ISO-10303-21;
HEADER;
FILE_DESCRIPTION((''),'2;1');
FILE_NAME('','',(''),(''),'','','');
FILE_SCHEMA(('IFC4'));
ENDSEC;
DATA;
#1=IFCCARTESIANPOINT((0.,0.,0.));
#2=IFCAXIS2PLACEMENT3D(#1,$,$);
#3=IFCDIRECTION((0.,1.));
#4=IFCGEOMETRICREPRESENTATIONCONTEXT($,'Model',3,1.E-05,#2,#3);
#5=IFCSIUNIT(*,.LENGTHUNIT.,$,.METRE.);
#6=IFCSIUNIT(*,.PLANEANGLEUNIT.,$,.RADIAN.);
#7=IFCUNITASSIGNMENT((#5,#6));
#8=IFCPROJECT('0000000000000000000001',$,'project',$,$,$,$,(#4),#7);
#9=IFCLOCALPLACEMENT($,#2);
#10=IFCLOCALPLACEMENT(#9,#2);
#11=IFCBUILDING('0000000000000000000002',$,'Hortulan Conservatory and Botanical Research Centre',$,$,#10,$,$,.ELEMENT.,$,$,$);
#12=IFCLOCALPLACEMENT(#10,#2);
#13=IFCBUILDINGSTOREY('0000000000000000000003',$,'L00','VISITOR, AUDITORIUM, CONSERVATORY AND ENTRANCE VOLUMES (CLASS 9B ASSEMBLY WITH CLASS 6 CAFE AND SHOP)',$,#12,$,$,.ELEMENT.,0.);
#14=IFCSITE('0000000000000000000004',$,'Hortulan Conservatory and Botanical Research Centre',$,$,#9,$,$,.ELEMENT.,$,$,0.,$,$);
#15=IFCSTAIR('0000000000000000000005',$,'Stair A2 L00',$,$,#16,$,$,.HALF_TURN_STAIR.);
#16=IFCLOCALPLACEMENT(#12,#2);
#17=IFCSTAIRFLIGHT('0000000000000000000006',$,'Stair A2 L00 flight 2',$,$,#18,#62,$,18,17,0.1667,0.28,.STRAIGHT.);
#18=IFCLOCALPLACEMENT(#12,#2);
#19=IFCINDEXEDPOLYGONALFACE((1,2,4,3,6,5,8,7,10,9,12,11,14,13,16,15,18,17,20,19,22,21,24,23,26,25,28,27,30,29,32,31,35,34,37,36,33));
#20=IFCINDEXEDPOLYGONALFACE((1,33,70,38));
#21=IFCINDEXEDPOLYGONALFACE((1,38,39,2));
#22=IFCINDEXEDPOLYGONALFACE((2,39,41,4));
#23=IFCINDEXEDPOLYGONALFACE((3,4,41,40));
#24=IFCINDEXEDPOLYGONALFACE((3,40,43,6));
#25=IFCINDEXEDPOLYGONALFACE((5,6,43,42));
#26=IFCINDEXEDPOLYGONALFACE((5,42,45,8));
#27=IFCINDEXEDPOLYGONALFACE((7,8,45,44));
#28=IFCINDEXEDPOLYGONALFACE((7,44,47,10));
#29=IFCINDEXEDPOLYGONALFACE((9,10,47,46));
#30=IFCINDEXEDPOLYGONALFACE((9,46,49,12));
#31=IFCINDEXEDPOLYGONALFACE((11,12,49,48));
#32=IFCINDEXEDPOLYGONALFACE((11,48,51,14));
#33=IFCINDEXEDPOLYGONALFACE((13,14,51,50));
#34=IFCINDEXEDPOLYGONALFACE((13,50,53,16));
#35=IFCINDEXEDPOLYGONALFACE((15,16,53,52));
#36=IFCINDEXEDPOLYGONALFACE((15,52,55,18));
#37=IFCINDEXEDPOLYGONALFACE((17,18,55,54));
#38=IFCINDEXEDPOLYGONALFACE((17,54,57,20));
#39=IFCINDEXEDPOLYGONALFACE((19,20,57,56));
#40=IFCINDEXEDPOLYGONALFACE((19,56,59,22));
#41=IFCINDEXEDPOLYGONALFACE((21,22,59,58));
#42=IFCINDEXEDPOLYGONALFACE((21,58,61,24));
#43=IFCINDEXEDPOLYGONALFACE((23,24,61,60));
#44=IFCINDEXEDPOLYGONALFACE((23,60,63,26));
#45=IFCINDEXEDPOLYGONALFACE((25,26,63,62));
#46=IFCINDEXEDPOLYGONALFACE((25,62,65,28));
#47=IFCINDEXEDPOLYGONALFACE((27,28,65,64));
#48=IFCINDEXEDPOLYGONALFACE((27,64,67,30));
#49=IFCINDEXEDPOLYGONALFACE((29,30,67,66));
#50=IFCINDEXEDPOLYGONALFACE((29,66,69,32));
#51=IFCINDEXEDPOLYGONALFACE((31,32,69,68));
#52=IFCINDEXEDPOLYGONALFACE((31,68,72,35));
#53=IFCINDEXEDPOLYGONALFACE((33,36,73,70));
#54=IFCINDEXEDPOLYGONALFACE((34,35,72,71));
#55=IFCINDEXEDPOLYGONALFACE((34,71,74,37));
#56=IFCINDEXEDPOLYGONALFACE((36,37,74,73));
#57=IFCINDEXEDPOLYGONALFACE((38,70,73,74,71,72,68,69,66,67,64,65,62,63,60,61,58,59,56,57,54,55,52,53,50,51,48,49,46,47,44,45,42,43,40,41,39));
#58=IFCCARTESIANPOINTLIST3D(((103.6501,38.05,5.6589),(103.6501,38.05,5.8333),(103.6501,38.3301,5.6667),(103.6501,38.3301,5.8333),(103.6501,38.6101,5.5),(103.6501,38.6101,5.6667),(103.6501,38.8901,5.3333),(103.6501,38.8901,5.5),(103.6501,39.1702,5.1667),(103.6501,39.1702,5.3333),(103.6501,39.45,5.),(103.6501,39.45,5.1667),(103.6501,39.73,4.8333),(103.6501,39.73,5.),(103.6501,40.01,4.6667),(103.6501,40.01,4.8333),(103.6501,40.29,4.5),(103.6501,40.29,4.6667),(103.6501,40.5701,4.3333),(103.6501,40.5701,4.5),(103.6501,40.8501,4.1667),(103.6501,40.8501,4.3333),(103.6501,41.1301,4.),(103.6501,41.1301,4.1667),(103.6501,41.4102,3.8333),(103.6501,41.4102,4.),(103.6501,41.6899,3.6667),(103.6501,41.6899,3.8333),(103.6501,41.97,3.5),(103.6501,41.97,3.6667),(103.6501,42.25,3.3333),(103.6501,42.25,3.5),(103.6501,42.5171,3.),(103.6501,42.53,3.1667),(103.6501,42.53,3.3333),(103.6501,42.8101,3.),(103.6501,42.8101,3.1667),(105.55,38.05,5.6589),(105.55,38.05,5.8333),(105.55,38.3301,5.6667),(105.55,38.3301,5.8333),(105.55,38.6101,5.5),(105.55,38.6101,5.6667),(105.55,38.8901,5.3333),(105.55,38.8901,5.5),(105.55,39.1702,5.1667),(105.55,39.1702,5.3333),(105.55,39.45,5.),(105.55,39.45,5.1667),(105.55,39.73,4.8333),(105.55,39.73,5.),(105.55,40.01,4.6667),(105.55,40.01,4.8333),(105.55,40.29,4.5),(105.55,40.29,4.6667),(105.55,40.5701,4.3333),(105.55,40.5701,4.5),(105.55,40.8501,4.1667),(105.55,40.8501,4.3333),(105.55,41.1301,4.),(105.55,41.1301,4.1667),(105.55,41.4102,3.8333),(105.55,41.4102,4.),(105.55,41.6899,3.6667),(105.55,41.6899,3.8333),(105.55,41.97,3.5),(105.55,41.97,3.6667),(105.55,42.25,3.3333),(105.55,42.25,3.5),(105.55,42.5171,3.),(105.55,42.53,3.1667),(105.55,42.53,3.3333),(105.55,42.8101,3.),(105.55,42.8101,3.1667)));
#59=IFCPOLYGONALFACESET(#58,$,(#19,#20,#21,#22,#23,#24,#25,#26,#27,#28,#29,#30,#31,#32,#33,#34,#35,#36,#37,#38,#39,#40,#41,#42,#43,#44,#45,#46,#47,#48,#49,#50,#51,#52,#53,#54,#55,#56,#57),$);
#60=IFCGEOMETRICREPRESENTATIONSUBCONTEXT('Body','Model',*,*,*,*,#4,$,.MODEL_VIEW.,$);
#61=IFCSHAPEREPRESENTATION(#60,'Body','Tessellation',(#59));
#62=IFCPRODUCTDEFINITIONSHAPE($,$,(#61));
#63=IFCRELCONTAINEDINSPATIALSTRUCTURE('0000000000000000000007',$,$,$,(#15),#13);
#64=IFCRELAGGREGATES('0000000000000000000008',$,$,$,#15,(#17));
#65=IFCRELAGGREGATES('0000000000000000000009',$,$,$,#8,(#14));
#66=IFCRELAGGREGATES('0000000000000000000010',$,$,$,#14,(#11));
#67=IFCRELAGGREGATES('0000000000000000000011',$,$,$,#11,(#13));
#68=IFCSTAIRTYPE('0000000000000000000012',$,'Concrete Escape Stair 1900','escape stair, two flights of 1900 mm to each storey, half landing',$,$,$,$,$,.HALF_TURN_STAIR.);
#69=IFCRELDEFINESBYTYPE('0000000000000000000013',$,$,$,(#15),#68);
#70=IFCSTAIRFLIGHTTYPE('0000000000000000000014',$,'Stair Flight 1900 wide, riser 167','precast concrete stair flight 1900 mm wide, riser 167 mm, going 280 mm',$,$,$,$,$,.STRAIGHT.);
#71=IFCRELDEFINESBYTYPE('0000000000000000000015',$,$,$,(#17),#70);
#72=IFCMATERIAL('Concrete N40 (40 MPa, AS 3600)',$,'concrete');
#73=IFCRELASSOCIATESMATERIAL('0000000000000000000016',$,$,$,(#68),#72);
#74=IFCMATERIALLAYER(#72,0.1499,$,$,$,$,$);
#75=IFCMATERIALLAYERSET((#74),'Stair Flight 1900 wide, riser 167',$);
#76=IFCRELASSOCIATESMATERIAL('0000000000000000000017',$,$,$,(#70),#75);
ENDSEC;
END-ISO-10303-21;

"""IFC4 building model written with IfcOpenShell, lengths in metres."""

from ifc_helpers import new_model, si_unit, direction, frame, origin, place, context, subcontext, project, spatial, polyline, outline, extrude, material, layer, layer_set, type_object, element, aggregate, save


model = new_model("IFC4")

# Units and contexts
model_context = context("Model", 3, precision=1e-05, world=origin(), true_north=direction((0.0, 1.0)))
body_context = subcontext(model_context, "Body", "Model", "MODEL_VIEW")
ifc_project = project(units=[si_unit("LENGTHUNIT", "METRE"), si_unit("PLANEANGLEUNIT", "RADIAN")], contexts=[model_context])

# Site, building, storey
site_placement = place(None, origin())
site = spatial("IfcSite", under=ifc_project, at=site_placement, Name="Hortulan Conservatory and Botanical Research Centre", CompositionType="ELEMENT", RefElevation=0.0)
building_placement = place(site_placement, origin())
building = spatial("IfcBuilding", under=site, at=building_placement, Name="Hortulan Conservatory and Botanical Research Centre", CompositionType="ELEMENT")
storey_placement = place(building_placement, origin())
storey = spatial("IfcBuildingStorey", under=building, at=storey_placement, Name="L00", Description="VISITOR, AUDITORIUM, CONSERVATORY AND ENTRANCE VOLUMES (CLASS 9B ASSEMBLY WITH CLASS 6 CAFE AND SHOP)", CompositionType="ELEMENT", Elevation=0.0)

# Shared definitions
ifc_material_1 = material(Name="Concrete N40 (40 MPa, AS 3600)", Category="concrete")

# Stair, stair flight
stair_type = type_object("IfcStairType", Name="Concrete Escape Stair 1900", Description="escape stair, two flights of 1900 mm to each storey, half landing", PredefinedType="HALF_TURN_STAIR", material=ifc_material_1)
stair_placement = place(storey_placement, origin())
stair = element("IfcStair", 1, at=stair_placement, inside=storey, type_object=stair_type, Name="Stair A2 L00", PredefinedType="HALF_TURN_STAIR")
ifc_layer_1 = layer(ifc_material_1, 0.1499)
ifc_layer_set_1 = layer_set([ifc_layer_1], Name="Stair Flight 1900 wide, riser 167")
stair_flight_type = type_object("IfcStairFlightType", Name="Stair Flight 1900 wide, riser 167", Description="precast concrete stair flight 1900 mm wide, riser 167 mm, going 280 mm", PredefinedType="STRAIGHT", material=ifc_layer_set_1)
stair_flight_1_placement = place(storey_placement, frame((104.6001, 42.8101, 3.0), z_axis=(0.0, 0.0, 1.0), x_axis=(0.0, -1.0, 0.0)))
stair_flight_1 = element("IfcStairFlight", 2, at=stair_flight_1_placement, type_object=stair_flight_type, Name="Stair A2 L00 flight 2", NumberOfRisers=18, NumberOfTreads=17, PredefinedType="STRAIGHT", RiserHeight=0.1667, TreadLength=0.28, context=body_context, shape_type="SweptSolid", body=[
    extrude(outline(polyline([(0.0, 0.0), (0.0, 0.1667), (0.28, 0.1667), (0.28, 0.3333), (0.5601, 0.3333), (0.5601, 0.5), (0.8401, 0.5), (0.8401, 0.6667), (1.1201, 0.6667), (1.1201, 0.8333), (1.3999, 0.8333), (1.3999, 1.0), (1.6799, 1.0), (1.6799, 1.1667), (1.96, 1.1667), (1.96, 1.3333), (2.24, 1.3333), (2.24, 1.5), (2.52, 1.5), (2.52, 1.6667), (2.8, 1.6667), (2.8, 1.8333), (3.0801, 1.8333), (3.0801, 2.0), (3.3601, 2.0), (3.3601, 2.1667), (3.6399, 2.1667), (3.6399, 2.3333), (3.9199, 2.3333), (3.9199, 2.5), (4.2, 2.5), (4.2, 2.6667), (4.48, 2.6667), (4.48, 2.8333), (4.76, 2.8333), (4.76, 3.0), (4.76, 2.6589), (0.293, 0.0), (0.0, 0.0)])), frame((0.0, 0.95, 0.0), z_axis=(0.0, -1.0, 0.0), x_axis=(1.0, 0.0, 0.0)), (0.0, 0.0, 1.0), 1.8999),
])
aggregate(stair, [stair_flight_1])

save(model, "model.ifc")
